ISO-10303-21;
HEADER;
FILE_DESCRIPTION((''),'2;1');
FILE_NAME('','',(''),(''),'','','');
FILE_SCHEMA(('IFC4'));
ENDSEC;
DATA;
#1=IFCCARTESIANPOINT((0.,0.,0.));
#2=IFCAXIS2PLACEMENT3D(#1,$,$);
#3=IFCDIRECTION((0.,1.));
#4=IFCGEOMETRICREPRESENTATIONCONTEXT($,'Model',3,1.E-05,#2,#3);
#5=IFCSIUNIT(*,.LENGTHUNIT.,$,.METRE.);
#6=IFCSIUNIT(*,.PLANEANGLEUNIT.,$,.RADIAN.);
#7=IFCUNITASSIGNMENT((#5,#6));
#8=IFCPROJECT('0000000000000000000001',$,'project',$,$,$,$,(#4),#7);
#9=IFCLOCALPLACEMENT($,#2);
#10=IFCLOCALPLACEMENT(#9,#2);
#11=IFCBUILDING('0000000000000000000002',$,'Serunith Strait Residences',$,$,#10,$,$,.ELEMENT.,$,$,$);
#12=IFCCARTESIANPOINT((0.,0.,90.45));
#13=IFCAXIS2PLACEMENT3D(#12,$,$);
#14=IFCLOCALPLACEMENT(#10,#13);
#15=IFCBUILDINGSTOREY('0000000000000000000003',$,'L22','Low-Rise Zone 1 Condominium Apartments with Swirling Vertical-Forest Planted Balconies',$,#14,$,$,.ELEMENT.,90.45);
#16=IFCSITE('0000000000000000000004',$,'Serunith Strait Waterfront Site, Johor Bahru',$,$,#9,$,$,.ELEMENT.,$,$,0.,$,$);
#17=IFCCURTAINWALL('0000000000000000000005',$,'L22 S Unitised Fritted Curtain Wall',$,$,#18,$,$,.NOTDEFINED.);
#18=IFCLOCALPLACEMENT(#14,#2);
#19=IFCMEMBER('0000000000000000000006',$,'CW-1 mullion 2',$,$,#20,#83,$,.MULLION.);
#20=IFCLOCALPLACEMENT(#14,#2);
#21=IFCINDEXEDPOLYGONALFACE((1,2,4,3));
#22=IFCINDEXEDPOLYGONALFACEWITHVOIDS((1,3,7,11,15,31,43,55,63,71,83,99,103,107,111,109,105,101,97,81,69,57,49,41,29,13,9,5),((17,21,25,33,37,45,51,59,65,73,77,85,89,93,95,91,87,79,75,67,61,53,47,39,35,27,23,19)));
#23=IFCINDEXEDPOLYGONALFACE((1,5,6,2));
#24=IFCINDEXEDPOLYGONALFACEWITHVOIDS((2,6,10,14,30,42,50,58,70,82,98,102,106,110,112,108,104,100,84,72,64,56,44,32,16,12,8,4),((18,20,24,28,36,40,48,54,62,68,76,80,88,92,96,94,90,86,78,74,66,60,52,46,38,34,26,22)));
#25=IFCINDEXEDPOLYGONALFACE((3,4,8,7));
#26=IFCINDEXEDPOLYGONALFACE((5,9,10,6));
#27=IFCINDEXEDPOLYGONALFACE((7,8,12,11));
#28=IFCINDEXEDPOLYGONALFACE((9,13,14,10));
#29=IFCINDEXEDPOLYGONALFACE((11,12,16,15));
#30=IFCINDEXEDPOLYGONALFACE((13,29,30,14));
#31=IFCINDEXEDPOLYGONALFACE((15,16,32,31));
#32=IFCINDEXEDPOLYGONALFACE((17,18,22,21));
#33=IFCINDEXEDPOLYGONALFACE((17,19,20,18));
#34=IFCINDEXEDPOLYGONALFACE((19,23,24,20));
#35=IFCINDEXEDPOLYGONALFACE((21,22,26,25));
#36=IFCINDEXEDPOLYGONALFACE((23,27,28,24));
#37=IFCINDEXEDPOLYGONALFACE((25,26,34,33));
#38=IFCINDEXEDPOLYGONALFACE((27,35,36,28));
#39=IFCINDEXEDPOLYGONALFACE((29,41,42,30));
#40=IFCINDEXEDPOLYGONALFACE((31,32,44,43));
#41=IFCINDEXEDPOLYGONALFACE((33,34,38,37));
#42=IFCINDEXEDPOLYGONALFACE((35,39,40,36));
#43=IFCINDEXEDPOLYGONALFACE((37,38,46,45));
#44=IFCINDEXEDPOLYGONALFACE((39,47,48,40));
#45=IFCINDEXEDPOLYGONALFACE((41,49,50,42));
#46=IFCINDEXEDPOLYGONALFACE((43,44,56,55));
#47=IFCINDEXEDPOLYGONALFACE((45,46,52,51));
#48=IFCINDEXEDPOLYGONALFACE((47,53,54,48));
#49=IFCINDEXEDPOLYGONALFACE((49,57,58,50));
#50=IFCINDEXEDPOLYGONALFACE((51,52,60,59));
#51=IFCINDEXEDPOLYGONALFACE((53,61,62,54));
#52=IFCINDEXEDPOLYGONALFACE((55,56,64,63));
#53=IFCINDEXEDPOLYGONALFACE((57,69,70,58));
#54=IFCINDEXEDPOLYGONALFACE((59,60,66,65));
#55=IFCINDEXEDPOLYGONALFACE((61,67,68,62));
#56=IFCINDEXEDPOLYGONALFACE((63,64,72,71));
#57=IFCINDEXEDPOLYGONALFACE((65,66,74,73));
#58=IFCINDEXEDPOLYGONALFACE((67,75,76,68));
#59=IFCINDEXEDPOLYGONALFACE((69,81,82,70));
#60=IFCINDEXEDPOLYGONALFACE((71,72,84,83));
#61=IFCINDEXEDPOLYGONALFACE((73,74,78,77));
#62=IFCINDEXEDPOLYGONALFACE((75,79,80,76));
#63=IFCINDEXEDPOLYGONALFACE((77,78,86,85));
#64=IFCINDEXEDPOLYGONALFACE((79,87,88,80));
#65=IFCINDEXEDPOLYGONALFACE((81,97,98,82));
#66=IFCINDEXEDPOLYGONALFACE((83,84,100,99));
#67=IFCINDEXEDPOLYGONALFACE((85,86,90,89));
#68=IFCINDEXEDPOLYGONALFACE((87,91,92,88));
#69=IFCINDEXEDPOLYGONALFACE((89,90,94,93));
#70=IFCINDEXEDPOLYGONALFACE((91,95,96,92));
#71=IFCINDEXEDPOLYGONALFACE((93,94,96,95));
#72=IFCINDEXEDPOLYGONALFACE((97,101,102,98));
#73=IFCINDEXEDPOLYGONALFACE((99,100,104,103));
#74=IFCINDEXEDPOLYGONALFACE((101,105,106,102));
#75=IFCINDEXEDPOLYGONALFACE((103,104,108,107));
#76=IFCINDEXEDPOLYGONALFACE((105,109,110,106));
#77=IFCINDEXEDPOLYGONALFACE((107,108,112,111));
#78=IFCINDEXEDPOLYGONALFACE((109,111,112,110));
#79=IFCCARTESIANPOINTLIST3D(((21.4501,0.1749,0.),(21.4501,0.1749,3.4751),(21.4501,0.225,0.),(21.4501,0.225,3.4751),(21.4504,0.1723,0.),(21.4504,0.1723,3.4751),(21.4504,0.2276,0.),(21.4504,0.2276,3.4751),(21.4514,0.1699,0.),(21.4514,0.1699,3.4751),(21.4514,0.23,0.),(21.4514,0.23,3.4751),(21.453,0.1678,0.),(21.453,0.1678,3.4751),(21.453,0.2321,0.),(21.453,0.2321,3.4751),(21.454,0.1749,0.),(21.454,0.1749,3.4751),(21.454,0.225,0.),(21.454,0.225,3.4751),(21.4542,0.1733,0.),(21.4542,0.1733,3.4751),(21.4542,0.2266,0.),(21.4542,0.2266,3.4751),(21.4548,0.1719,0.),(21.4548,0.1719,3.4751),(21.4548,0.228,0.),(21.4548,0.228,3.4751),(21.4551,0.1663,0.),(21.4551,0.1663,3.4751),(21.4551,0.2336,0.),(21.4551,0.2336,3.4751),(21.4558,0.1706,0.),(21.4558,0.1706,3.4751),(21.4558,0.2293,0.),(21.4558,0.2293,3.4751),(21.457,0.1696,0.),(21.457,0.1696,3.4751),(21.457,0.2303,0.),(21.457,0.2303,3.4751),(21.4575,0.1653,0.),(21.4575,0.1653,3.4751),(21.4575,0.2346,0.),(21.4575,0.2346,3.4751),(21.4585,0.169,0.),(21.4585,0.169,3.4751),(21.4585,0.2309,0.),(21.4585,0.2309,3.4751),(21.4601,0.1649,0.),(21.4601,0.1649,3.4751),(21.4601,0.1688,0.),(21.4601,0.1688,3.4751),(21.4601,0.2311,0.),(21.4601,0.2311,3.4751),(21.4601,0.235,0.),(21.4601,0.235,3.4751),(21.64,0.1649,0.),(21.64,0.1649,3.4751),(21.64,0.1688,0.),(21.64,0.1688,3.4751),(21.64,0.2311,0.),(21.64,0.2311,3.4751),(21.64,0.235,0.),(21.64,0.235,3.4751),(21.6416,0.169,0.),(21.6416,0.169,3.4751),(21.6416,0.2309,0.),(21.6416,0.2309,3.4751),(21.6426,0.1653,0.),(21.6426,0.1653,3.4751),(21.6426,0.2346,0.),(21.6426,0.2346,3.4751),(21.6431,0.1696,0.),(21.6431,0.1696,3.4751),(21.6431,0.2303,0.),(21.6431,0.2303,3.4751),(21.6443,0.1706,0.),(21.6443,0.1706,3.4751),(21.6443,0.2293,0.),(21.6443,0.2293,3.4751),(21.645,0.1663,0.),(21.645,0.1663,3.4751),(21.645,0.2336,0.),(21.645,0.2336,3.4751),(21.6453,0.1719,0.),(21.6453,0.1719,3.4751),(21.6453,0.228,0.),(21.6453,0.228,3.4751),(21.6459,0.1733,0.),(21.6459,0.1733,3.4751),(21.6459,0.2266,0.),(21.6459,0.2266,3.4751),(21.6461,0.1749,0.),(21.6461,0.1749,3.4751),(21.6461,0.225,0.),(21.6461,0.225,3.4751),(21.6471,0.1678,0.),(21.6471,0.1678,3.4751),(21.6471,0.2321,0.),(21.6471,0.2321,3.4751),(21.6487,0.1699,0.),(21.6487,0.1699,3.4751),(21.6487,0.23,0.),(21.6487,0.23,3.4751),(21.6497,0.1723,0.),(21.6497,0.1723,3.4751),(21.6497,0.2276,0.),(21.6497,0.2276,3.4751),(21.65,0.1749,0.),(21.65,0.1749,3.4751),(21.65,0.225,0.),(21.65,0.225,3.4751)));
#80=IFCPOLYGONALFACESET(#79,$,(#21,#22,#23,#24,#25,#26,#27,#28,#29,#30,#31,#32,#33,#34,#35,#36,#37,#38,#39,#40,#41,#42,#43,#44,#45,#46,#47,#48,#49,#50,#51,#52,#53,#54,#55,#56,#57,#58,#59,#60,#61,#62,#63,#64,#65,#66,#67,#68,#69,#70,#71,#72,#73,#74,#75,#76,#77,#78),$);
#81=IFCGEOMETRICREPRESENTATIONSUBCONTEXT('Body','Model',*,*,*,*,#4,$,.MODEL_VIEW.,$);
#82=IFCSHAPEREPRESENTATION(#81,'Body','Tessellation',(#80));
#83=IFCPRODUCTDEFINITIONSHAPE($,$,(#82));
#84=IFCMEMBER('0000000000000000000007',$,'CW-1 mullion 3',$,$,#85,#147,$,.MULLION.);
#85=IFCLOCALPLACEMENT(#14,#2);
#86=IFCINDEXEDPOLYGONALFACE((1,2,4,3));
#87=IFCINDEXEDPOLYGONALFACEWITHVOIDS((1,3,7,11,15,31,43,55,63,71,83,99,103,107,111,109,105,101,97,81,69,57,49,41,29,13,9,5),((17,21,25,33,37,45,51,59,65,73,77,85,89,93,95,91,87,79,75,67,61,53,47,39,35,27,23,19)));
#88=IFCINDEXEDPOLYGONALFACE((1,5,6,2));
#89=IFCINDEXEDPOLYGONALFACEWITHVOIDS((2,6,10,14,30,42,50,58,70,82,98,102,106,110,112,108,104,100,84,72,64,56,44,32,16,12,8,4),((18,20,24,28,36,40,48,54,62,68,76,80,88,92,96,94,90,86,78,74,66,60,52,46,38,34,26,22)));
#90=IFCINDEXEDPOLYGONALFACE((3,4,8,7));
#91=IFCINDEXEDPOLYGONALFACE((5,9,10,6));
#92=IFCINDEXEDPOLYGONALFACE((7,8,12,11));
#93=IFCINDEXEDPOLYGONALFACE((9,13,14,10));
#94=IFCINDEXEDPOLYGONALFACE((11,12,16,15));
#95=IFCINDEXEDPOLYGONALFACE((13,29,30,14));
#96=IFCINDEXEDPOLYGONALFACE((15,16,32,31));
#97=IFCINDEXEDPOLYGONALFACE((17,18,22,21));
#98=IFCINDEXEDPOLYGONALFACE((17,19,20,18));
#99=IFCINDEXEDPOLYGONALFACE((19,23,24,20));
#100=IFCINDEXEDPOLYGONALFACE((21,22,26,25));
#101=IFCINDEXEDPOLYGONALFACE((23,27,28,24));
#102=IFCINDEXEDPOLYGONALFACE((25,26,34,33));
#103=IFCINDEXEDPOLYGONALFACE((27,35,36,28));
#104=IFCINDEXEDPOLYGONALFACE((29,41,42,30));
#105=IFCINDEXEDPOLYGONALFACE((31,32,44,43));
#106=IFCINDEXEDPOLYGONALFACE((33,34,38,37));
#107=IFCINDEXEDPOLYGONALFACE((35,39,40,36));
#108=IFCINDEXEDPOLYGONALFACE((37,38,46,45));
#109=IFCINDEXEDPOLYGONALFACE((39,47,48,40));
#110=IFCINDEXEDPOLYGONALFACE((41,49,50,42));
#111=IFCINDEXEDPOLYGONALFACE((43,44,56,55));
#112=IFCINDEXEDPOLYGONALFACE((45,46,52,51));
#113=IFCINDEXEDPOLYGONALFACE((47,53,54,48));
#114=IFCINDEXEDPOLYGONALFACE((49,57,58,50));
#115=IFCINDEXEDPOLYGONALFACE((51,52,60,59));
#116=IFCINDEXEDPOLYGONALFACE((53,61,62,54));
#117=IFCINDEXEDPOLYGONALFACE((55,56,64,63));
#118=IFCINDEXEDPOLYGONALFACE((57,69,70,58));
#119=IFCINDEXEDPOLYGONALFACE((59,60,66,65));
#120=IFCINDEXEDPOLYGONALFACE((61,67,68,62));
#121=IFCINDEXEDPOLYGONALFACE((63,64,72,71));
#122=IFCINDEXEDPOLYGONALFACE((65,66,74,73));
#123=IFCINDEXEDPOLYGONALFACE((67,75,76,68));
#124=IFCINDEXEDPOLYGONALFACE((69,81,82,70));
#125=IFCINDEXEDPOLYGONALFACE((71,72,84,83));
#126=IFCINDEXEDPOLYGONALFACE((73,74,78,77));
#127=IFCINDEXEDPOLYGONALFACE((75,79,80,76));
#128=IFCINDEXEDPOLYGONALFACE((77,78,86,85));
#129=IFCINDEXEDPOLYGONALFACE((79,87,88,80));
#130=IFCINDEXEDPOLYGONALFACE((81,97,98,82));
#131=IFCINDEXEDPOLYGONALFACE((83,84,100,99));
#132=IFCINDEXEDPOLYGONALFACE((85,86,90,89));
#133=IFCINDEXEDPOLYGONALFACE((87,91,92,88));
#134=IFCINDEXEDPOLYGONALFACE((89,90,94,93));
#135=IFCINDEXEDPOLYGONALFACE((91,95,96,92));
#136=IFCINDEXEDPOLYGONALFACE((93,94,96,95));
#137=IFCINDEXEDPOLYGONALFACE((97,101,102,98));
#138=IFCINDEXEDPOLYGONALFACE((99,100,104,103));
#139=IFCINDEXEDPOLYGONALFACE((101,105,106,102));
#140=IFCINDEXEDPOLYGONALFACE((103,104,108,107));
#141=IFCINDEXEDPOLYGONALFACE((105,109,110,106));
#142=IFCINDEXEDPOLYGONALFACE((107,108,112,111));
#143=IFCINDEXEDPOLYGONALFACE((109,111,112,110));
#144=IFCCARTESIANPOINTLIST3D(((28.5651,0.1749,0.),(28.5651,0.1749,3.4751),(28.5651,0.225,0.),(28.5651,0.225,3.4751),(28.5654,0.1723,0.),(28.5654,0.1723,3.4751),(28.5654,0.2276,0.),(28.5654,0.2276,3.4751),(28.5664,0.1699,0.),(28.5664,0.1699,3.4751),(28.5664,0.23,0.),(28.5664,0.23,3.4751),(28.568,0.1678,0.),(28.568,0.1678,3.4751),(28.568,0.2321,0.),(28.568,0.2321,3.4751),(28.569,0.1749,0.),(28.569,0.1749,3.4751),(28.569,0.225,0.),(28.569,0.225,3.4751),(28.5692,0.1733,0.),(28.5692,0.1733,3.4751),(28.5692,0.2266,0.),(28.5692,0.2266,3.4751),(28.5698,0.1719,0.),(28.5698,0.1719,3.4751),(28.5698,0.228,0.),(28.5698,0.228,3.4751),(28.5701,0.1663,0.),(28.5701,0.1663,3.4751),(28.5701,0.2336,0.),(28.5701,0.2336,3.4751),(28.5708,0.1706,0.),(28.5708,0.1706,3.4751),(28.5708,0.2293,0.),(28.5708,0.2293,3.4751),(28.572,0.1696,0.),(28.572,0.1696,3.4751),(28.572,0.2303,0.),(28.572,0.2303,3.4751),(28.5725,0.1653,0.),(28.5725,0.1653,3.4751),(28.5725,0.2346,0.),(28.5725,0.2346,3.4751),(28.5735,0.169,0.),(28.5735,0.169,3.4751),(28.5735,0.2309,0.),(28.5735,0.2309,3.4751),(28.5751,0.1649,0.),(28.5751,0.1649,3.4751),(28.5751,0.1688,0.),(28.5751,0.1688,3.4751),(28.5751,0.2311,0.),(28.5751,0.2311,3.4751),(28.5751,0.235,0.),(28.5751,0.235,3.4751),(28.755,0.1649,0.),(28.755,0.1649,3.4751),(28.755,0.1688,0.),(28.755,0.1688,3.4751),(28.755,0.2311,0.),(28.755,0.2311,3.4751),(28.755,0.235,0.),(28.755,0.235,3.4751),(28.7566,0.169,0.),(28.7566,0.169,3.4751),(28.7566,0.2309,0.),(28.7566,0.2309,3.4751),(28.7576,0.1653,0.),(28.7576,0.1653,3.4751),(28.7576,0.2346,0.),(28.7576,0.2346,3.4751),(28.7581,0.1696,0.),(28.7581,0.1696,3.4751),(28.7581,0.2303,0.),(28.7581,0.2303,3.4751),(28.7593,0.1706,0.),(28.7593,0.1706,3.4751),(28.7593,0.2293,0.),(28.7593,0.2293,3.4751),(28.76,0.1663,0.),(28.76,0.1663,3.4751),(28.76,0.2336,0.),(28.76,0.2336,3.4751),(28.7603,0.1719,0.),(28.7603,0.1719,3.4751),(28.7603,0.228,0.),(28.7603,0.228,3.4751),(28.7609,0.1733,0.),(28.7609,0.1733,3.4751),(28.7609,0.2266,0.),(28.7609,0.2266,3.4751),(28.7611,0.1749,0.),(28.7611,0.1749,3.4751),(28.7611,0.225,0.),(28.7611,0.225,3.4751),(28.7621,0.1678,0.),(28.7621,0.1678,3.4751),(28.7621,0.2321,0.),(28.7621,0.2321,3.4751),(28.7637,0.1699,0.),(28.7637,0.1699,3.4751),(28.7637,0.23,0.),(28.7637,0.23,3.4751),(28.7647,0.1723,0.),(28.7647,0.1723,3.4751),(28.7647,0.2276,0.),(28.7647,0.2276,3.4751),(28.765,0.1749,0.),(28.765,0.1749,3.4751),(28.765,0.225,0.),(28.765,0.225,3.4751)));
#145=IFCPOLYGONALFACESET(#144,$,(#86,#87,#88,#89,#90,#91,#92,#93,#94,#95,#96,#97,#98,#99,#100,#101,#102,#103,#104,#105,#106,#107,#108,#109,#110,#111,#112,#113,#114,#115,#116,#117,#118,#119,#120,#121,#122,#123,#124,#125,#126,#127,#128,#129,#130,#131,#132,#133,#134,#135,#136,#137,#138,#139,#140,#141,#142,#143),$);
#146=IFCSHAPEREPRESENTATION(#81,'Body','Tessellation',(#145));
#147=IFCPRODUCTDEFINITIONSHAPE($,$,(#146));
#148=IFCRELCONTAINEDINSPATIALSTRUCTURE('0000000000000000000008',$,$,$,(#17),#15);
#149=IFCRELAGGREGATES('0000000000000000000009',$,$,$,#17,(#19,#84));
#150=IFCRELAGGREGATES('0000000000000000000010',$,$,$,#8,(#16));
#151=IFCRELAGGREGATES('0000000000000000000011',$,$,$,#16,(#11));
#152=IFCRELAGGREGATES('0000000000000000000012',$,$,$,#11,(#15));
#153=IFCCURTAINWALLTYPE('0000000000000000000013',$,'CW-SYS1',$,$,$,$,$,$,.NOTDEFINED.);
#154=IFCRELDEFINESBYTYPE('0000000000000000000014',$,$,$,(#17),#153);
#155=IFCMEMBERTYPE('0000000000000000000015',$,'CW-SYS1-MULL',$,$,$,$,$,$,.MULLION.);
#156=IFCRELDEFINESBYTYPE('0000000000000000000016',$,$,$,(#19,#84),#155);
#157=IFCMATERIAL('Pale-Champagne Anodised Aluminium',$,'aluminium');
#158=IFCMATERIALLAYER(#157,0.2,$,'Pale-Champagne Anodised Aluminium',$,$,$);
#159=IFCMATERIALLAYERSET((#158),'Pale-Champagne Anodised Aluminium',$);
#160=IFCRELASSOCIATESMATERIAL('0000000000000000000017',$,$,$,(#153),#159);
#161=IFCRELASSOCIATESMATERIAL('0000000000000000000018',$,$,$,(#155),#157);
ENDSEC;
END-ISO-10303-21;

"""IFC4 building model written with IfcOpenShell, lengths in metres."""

from ifc_helpers import new_model, si_unit, direction, frame, origin, origin_2d, place, context, subcontext, project, spatial, hollow_rectangle, extrude, source, transform, mapped, material, layer, layer_set, material_profile, profile_set, type_object, element, aggregate, save


model = new_model("IFC4")

# Units and contexts
model_context = context("Model", 3, precision=1e-05, world=origin(), true_north=direction((0.0, 1.0)))
body_context = subcontext(model_context, "Body", "Model", "MODEL_VIEW")
ifc_project = project(units=[si_unit("LENGTHUNIT", "METRE"), si_unit("PLANEANGLEUNIT", "RADIAN")], contexts=[model_context])

# Site, building, storey
site_placement = place(None, origin())
site = spatial("IfcSite", under=ifc_project, at=site_placement, Name="Serunith Strait Waterfront Site, Johor Bahru", CompositionType="ELEMENT", RefElevation=0.0)
building_placement = place(site_placement, origin())
building = spatial("IfcBuilding", under=site, at=building_placement, Name="Serunith Strait Residences", CompositionType="ELEMENT")
storey_placement = place(building_placement, frame((0.0, 0.0, 90.45)))
storey = spatial("IfcBuildingStorey", under=building, at=storey_placement, Name="L22", Description="Low-Rise Zone 1 Condominium Apartments with Swirling Vertical-Forest Planted Balconies", CompositionType="ELEMENT", Elevation=90.45)

# Curtain wall, members
ifc_material_1 = material(Name="Pale-Champagne Anodised Aluminium", Category="aluminium")
ifc_layer_1 = layer(ifc_material_1, 0.2, Name="Pale-Champagne Anodised Aluminium")
ifc_layer_set_1 = layer_set([ifc_layer_1], Name="Pale-Champagne Anodised Aluminium")
curtain_wall_type = type_object("IfcCurtainWallType", Name="CW-SYS1", PredefinedType="NOTDEFINED", material=ifc_layer_set_1)
curtain_wall_1_placement = place(storey_placement, origin())
curtain_wall_1 = element("IfcCurtainWall", 1, at=curtain_wall_1_placement, inside=storey, type_object=curtain_wall_type, Name="L22 S Unitised Fritted Curtain Wall", PredefinedType="NOTDEFINED")
ifc_material_profile_1 = material_profile(ifc_material_1, hollow_rectangle(XDim=0.0701, YDim=0.2, WallThickness=0.0039, InnerFilletRadius=0.0061, OuterFilletRadius=0.01, at=origin_2d()), Name="ALU 200x70x4")
ifc_profile_set_1 = profile_set([ifc_material_profile_1], Name="Pale-Champagne Anodised Aluminium")
member_type_1 = type_object("IfcMemberType", Name="CW-SYS1-MULL", PredefinedType="MULLION", material=ifc_profile_set_1)
shared_shape_1 = source(origin(), body_context, "Body", "SweptSolid", [
    extrude(hollow_rectangle(XDim=0.0701, YDim=0.2, WallThickness=0.0039, InnerFilletRadius=0.0061, OuterFilletRadius=0.01, at=origin_2d()), origin(), (0.0, 0.0, 1.0), 3.4751),
])
member_1_placement = place(storey_placement, frame((21.55, 0.2, 0.0), z_axis=(0.0, 0.0, 1.0), x_axis=(0.0, 1.0, 0.0)))
member_1 = element("IfcMember", 2, at=member_1_placement, type_object=member_type_1, Name="CW-1 mullion 2", PredefinedType="MULLION", context=body_context, shape_type="MappedRepresentation", body=[
    mapped(shared_shape_1, transform((0.0, 0.0, 0.0), scale=1.0)),
])
member_2_placement = place(storey_placement, frame((28.665, 0.2, 0.0), z_axis=(0.0, 0.0, 1.0), x_axis=(0.0, 1.0, 0.0)))
member_2 = element("IfcMember", 3, at=member_2_placement, type_object=member_type_1, Name="CW-1 mullion 3", PredefinedType="MULLION", context=body_context, shape_type="MappedRepresentation", body=[
    mapped(shared_shape_1, transform((0.0, 0.0, 0.0), scale=1.0)),
])

aggregate(curtain_wall_1, [member_1, member_2])

save(model, "model.ifc")
